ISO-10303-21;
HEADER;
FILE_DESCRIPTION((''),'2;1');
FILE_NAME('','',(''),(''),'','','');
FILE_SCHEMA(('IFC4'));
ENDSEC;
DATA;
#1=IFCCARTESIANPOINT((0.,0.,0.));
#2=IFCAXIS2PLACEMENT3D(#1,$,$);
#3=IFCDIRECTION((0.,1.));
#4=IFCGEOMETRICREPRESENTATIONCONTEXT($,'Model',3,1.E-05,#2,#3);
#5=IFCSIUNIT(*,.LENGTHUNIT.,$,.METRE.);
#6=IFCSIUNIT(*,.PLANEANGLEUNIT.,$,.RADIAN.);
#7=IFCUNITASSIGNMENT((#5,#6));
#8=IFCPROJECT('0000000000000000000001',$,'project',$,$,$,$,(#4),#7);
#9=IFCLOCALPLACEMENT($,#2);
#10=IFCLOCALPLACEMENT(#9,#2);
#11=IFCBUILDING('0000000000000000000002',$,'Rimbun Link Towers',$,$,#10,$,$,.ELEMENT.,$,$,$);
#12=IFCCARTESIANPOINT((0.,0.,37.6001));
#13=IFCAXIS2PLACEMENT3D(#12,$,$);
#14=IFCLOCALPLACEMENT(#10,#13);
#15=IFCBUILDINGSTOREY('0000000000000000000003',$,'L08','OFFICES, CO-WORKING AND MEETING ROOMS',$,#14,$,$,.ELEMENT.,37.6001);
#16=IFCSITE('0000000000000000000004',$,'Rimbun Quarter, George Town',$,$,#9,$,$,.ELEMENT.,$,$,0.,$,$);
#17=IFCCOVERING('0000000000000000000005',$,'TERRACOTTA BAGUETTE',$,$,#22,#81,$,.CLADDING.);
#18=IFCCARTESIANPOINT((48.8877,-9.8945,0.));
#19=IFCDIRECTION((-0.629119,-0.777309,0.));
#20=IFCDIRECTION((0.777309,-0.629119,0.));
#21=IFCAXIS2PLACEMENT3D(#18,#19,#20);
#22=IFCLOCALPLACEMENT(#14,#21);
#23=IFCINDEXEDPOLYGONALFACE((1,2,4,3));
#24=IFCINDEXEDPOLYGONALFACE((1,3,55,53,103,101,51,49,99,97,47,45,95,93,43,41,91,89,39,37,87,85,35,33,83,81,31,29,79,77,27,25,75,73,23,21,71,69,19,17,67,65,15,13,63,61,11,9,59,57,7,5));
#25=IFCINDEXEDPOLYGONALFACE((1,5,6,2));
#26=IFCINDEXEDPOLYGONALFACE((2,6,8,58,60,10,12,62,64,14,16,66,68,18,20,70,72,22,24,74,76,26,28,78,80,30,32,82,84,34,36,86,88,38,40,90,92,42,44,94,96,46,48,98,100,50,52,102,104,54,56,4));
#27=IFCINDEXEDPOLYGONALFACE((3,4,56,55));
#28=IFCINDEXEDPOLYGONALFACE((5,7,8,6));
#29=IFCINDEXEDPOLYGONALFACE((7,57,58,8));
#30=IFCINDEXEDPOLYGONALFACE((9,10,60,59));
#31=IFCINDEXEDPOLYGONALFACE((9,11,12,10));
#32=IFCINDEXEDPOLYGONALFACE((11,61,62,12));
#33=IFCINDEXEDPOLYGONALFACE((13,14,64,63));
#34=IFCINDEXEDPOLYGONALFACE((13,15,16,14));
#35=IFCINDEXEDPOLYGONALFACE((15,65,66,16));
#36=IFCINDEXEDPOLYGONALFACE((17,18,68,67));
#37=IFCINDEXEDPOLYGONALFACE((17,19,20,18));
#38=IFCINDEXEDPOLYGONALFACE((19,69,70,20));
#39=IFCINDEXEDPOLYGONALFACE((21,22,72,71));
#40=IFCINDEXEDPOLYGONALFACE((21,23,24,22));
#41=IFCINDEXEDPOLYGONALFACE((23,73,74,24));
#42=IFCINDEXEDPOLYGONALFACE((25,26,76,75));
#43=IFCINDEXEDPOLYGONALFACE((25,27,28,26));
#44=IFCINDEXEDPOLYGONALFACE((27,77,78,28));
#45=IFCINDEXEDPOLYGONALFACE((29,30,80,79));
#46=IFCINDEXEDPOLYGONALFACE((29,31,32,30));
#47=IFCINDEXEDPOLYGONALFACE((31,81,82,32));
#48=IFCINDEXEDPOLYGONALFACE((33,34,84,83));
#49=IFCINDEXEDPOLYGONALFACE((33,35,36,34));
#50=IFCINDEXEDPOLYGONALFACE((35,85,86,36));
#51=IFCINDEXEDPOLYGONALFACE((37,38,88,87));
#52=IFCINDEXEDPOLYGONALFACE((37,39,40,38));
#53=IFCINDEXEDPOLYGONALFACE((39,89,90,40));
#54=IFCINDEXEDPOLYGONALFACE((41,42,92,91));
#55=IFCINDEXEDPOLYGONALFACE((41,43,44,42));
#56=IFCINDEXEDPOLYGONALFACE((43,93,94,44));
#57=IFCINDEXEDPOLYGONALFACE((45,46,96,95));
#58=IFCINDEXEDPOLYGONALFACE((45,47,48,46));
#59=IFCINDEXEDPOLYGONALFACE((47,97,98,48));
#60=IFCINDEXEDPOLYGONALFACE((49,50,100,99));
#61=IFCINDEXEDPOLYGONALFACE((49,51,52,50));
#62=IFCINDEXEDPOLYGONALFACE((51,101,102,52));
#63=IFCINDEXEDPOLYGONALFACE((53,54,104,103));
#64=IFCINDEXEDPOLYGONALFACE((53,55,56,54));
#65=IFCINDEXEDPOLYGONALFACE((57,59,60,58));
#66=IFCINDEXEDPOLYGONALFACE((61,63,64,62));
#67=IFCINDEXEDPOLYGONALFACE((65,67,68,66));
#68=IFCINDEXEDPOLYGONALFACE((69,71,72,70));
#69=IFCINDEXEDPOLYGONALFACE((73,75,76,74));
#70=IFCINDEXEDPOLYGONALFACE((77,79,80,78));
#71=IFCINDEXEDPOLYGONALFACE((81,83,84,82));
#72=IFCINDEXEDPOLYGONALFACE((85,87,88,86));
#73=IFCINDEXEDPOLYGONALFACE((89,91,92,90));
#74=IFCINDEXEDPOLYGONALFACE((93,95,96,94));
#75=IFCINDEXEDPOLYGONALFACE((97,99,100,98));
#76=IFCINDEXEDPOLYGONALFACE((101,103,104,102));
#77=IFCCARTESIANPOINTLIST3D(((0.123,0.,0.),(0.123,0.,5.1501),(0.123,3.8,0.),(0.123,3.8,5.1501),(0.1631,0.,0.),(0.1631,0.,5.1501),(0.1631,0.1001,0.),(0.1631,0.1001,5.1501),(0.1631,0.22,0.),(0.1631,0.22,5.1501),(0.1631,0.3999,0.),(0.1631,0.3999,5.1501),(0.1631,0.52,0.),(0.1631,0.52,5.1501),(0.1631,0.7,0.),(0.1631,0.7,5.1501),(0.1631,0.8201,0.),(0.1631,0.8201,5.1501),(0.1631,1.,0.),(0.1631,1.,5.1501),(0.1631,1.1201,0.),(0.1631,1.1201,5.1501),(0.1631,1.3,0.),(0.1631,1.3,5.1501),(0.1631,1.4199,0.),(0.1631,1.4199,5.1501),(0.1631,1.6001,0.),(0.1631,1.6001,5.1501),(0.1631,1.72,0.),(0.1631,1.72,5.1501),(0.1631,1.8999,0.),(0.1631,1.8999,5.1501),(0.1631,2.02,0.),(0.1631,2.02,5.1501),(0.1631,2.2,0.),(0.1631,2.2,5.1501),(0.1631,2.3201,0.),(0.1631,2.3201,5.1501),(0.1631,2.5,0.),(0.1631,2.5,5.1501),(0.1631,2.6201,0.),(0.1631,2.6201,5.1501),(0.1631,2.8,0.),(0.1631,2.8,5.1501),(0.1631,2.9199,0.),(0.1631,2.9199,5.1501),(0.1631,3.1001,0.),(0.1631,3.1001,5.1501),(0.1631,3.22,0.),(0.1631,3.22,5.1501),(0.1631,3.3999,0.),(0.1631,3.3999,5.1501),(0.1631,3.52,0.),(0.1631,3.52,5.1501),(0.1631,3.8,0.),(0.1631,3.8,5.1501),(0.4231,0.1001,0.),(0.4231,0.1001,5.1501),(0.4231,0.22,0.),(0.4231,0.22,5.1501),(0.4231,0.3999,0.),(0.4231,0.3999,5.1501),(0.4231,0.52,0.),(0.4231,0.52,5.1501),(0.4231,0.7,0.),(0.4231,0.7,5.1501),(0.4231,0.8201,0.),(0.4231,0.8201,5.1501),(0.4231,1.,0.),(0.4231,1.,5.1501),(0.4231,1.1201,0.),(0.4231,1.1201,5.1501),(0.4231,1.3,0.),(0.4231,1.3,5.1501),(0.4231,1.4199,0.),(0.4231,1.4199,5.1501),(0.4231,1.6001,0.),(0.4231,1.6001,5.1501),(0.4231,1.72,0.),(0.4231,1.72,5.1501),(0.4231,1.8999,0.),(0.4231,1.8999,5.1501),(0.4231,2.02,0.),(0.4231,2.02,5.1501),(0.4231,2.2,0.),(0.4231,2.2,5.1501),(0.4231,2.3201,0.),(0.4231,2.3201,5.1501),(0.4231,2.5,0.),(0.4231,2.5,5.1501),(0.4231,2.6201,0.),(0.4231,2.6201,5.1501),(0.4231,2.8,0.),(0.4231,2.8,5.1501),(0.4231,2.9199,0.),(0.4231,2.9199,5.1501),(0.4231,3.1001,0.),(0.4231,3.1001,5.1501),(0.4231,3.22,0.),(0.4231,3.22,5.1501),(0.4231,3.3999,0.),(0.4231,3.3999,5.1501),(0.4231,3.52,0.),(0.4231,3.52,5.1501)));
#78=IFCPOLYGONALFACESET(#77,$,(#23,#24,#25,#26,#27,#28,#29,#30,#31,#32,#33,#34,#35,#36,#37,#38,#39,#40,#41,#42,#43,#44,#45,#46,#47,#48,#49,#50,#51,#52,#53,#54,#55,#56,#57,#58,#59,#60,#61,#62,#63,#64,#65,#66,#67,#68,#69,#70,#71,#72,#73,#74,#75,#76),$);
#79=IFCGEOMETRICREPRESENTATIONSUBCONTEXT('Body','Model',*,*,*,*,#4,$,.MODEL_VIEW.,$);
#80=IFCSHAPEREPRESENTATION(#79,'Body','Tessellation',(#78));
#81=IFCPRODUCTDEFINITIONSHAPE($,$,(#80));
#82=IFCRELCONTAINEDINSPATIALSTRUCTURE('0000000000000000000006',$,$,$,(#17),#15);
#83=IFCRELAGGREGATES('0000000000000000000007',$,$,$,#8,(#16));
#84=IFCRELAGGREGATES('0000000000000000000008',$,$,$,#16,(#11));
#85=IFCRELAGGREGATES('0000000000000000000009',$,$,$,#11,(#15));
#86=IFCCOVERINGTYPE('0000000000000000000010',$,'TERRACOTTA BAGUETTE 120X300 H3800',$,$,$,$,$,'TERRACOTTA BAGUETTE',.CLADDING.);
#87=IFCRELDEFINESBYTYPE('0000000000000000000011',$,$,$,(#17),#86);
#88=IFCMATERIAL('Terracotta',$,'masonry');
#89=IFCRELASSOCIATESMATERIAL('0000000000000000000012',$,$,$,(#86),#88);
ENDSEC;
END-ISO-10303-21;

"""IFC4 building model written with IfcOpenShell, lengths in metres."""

from ifc_helpers import new_model, si_unit, direction, frame, origin, place, context, subcontext, project, spatial, polyline, outline, extrude, material, material_profile, profile_set, type_object, element, save


model = new_model("IFC4")

# Units and contexts
model_context = context("Model", 3, precision=1e-05, world=origin(), true_north=direction((0.0, 1.0)))
body_context = subcontext(model_context, "Body", "Model", "MODEL_VIEW")
ifc_project = project(units=[si_unit("LENGTHUNIT", "METRE"), si_unit("PLANEANGLEUNIT", "RADIAN")], contexts=[model_context])

# Site, building, storey
site_placement = place(None, origin())
site = spatial("IfcSite", under=ifc_project, at=site_placement, Name="Rimbun Quarter, George Town", CompositionType="ELEMENT", RefElevation=0.0)
building_placement = place(site_placement, origin())
building = spatial("IfcBuilding", under=site, at=building_placement, Name="Rimbun Link Towers", CompositionType="ELEMENT")
storey_placement = place(building_placement, frame((0.0, 0.0, 37.6001)))
storey = spatial("IfcBuildingStorey", under=building, at=storey_placement, Name="L08", Description="OFFICES, CO-WORKING AND MEETING ROOMS", CompositionType="ELEMENT", Elevation=37.6001)

# Covering
ifc_material_1 = material(Name="Terracotta", Category="masonry")
ifc_material_profile_1 = material_profile(ifc_material_1, outline(polyline([(0.123, 0.0), (0.1631, 0.0), (0.1631, 0.1001), (0.4231, 0.1001), (0.4231, 0.22), (0.1631, 0.22), (0.1631, 0.3999), (0.4231, 0.3999), (0.4231, 0.52), (0.1631, 0.52), (0.1631, 0.7), (0.4231, 0.7), (0.4231, 0.8201), (0.1631, 0.8201), (0.1631, 1.0), (0.4231, 1.0), (0.4231, 1.1201), (0.1631, 1.1201), (0.1631, 1.3), (0.4231, 1.3), (0.4231, 1.4199), (0.1631, 1.4199), (0.1631, 1.6001), (0.4231, 1.6001), (0.4231, 1.72), (0.1631, 1.72), (0.1631, 1.8999), (0.4231, 1.8999), (0.4231, 2.02), (0.1631, 2.02), (0.1631, 2.2), (0.4231, 2.2), (0.4231, 2.3201), (0.1631, 2.3201), (0.1631, 2.5), (0.4231, 2.5), (0.4231, 2.6201), (0.1631, 2.6201), (0.1631, 2.8), (0.4231, 2.8), (0.4231, 2.9199), (0.1631, 2.9199), (0.1631, 3.1001), (0.4231, 3.1001), (0.4231, 3.22), (0.1631, 3.22), (0.1631, 3.3999), (0.4231, 3.3999), (0.4231, 3.52), (0.1631, 3.52), (0.1631, 3.8), (0.123, 3.8), (0.123, 0.0)])), Name="BAGUETTE 120X300")
ifc_profile_set_1 = profile_set([ifc_material_profile_1], Name="Terracotta")
covering_type = type_object("IfcCoveringType", Name="TERRACOTTA BAGUETTE 120X300 H3800", ElementType="TERRACOTTA BAGUETTE", PredefinedType="CLADDING", material=ifc_profile_set_1)
covering_placement = place(storey_placement, frame((48.8877, -9.8945, 0.0), z_axis=(-0.629119, -0.777309, 0.0), x_axis=(0.777309, -0.629119, 0.0)))
element("IfcCovering", 1, at=covering_placement, inside=storey, type_object=covering_type, Name="TERRACOTTA BAGUETTE", PredefinedType="CLADDING", context=body_context, shape_type="SweptSolid", body=[
    extrude(outline(polyline([(0.123, 0.0), (0.1631, 0.0), (0.1631, 0.1001), (0.4231, 0.1001), (0.4231, 0.22), (0.1631, 0.22), (0.1631, 0.3999), (0.4231, 0.3999), (0.4231, 0.52), (0.1631, 0.52), (0.1631, 0.7), (0.4231, 0.7), (0.4231, 0.8201), (0.1631, 0.8201), (0.1631, 1.0), (0.4231, 1.0), (0.4231, 1.1201), (0.1631, 1.1201), (0.1631, 1.3), (0.4231, 1.3), (0.4231, 1.4199), (0.1631, 1.4199), (0.1631, 1.6001), (0.4231, 1.6001), (0.4231, 1.72), (0.1631, 1.72), (0.1631, 1.8999), (0.4231, 1.8999), (0.4231, 2.02), (0.1631, 2.02), (0.1631, 2.2), (0.4231, 2.2), (0.4231, 2.3201), (0.1631, 2.3201), (0.1631, 2.5), (0.4231, 2.5), (0.4231, 2.6201), (0.1631, 2.6201), (0.1631, 2.8), (0.4231, 2.8), (0.4231, 2.9199), (0.1631, 2.9199), (0.1631, 3.1001), (0.4231, 3.1001), (0.4231, 3.22), (0.1631, 3.22), (0.1631, 3.3999), (0.4231, 3.3999), (0.4231, 3.52), (0.1631, 3.52), (0.1631, 3.8), (0.123, 3.8), (0.123, 0.0)])), origin(), (0.0, 0.0, 1.0), 5.1501),
])

save(model, "model.ifc")
